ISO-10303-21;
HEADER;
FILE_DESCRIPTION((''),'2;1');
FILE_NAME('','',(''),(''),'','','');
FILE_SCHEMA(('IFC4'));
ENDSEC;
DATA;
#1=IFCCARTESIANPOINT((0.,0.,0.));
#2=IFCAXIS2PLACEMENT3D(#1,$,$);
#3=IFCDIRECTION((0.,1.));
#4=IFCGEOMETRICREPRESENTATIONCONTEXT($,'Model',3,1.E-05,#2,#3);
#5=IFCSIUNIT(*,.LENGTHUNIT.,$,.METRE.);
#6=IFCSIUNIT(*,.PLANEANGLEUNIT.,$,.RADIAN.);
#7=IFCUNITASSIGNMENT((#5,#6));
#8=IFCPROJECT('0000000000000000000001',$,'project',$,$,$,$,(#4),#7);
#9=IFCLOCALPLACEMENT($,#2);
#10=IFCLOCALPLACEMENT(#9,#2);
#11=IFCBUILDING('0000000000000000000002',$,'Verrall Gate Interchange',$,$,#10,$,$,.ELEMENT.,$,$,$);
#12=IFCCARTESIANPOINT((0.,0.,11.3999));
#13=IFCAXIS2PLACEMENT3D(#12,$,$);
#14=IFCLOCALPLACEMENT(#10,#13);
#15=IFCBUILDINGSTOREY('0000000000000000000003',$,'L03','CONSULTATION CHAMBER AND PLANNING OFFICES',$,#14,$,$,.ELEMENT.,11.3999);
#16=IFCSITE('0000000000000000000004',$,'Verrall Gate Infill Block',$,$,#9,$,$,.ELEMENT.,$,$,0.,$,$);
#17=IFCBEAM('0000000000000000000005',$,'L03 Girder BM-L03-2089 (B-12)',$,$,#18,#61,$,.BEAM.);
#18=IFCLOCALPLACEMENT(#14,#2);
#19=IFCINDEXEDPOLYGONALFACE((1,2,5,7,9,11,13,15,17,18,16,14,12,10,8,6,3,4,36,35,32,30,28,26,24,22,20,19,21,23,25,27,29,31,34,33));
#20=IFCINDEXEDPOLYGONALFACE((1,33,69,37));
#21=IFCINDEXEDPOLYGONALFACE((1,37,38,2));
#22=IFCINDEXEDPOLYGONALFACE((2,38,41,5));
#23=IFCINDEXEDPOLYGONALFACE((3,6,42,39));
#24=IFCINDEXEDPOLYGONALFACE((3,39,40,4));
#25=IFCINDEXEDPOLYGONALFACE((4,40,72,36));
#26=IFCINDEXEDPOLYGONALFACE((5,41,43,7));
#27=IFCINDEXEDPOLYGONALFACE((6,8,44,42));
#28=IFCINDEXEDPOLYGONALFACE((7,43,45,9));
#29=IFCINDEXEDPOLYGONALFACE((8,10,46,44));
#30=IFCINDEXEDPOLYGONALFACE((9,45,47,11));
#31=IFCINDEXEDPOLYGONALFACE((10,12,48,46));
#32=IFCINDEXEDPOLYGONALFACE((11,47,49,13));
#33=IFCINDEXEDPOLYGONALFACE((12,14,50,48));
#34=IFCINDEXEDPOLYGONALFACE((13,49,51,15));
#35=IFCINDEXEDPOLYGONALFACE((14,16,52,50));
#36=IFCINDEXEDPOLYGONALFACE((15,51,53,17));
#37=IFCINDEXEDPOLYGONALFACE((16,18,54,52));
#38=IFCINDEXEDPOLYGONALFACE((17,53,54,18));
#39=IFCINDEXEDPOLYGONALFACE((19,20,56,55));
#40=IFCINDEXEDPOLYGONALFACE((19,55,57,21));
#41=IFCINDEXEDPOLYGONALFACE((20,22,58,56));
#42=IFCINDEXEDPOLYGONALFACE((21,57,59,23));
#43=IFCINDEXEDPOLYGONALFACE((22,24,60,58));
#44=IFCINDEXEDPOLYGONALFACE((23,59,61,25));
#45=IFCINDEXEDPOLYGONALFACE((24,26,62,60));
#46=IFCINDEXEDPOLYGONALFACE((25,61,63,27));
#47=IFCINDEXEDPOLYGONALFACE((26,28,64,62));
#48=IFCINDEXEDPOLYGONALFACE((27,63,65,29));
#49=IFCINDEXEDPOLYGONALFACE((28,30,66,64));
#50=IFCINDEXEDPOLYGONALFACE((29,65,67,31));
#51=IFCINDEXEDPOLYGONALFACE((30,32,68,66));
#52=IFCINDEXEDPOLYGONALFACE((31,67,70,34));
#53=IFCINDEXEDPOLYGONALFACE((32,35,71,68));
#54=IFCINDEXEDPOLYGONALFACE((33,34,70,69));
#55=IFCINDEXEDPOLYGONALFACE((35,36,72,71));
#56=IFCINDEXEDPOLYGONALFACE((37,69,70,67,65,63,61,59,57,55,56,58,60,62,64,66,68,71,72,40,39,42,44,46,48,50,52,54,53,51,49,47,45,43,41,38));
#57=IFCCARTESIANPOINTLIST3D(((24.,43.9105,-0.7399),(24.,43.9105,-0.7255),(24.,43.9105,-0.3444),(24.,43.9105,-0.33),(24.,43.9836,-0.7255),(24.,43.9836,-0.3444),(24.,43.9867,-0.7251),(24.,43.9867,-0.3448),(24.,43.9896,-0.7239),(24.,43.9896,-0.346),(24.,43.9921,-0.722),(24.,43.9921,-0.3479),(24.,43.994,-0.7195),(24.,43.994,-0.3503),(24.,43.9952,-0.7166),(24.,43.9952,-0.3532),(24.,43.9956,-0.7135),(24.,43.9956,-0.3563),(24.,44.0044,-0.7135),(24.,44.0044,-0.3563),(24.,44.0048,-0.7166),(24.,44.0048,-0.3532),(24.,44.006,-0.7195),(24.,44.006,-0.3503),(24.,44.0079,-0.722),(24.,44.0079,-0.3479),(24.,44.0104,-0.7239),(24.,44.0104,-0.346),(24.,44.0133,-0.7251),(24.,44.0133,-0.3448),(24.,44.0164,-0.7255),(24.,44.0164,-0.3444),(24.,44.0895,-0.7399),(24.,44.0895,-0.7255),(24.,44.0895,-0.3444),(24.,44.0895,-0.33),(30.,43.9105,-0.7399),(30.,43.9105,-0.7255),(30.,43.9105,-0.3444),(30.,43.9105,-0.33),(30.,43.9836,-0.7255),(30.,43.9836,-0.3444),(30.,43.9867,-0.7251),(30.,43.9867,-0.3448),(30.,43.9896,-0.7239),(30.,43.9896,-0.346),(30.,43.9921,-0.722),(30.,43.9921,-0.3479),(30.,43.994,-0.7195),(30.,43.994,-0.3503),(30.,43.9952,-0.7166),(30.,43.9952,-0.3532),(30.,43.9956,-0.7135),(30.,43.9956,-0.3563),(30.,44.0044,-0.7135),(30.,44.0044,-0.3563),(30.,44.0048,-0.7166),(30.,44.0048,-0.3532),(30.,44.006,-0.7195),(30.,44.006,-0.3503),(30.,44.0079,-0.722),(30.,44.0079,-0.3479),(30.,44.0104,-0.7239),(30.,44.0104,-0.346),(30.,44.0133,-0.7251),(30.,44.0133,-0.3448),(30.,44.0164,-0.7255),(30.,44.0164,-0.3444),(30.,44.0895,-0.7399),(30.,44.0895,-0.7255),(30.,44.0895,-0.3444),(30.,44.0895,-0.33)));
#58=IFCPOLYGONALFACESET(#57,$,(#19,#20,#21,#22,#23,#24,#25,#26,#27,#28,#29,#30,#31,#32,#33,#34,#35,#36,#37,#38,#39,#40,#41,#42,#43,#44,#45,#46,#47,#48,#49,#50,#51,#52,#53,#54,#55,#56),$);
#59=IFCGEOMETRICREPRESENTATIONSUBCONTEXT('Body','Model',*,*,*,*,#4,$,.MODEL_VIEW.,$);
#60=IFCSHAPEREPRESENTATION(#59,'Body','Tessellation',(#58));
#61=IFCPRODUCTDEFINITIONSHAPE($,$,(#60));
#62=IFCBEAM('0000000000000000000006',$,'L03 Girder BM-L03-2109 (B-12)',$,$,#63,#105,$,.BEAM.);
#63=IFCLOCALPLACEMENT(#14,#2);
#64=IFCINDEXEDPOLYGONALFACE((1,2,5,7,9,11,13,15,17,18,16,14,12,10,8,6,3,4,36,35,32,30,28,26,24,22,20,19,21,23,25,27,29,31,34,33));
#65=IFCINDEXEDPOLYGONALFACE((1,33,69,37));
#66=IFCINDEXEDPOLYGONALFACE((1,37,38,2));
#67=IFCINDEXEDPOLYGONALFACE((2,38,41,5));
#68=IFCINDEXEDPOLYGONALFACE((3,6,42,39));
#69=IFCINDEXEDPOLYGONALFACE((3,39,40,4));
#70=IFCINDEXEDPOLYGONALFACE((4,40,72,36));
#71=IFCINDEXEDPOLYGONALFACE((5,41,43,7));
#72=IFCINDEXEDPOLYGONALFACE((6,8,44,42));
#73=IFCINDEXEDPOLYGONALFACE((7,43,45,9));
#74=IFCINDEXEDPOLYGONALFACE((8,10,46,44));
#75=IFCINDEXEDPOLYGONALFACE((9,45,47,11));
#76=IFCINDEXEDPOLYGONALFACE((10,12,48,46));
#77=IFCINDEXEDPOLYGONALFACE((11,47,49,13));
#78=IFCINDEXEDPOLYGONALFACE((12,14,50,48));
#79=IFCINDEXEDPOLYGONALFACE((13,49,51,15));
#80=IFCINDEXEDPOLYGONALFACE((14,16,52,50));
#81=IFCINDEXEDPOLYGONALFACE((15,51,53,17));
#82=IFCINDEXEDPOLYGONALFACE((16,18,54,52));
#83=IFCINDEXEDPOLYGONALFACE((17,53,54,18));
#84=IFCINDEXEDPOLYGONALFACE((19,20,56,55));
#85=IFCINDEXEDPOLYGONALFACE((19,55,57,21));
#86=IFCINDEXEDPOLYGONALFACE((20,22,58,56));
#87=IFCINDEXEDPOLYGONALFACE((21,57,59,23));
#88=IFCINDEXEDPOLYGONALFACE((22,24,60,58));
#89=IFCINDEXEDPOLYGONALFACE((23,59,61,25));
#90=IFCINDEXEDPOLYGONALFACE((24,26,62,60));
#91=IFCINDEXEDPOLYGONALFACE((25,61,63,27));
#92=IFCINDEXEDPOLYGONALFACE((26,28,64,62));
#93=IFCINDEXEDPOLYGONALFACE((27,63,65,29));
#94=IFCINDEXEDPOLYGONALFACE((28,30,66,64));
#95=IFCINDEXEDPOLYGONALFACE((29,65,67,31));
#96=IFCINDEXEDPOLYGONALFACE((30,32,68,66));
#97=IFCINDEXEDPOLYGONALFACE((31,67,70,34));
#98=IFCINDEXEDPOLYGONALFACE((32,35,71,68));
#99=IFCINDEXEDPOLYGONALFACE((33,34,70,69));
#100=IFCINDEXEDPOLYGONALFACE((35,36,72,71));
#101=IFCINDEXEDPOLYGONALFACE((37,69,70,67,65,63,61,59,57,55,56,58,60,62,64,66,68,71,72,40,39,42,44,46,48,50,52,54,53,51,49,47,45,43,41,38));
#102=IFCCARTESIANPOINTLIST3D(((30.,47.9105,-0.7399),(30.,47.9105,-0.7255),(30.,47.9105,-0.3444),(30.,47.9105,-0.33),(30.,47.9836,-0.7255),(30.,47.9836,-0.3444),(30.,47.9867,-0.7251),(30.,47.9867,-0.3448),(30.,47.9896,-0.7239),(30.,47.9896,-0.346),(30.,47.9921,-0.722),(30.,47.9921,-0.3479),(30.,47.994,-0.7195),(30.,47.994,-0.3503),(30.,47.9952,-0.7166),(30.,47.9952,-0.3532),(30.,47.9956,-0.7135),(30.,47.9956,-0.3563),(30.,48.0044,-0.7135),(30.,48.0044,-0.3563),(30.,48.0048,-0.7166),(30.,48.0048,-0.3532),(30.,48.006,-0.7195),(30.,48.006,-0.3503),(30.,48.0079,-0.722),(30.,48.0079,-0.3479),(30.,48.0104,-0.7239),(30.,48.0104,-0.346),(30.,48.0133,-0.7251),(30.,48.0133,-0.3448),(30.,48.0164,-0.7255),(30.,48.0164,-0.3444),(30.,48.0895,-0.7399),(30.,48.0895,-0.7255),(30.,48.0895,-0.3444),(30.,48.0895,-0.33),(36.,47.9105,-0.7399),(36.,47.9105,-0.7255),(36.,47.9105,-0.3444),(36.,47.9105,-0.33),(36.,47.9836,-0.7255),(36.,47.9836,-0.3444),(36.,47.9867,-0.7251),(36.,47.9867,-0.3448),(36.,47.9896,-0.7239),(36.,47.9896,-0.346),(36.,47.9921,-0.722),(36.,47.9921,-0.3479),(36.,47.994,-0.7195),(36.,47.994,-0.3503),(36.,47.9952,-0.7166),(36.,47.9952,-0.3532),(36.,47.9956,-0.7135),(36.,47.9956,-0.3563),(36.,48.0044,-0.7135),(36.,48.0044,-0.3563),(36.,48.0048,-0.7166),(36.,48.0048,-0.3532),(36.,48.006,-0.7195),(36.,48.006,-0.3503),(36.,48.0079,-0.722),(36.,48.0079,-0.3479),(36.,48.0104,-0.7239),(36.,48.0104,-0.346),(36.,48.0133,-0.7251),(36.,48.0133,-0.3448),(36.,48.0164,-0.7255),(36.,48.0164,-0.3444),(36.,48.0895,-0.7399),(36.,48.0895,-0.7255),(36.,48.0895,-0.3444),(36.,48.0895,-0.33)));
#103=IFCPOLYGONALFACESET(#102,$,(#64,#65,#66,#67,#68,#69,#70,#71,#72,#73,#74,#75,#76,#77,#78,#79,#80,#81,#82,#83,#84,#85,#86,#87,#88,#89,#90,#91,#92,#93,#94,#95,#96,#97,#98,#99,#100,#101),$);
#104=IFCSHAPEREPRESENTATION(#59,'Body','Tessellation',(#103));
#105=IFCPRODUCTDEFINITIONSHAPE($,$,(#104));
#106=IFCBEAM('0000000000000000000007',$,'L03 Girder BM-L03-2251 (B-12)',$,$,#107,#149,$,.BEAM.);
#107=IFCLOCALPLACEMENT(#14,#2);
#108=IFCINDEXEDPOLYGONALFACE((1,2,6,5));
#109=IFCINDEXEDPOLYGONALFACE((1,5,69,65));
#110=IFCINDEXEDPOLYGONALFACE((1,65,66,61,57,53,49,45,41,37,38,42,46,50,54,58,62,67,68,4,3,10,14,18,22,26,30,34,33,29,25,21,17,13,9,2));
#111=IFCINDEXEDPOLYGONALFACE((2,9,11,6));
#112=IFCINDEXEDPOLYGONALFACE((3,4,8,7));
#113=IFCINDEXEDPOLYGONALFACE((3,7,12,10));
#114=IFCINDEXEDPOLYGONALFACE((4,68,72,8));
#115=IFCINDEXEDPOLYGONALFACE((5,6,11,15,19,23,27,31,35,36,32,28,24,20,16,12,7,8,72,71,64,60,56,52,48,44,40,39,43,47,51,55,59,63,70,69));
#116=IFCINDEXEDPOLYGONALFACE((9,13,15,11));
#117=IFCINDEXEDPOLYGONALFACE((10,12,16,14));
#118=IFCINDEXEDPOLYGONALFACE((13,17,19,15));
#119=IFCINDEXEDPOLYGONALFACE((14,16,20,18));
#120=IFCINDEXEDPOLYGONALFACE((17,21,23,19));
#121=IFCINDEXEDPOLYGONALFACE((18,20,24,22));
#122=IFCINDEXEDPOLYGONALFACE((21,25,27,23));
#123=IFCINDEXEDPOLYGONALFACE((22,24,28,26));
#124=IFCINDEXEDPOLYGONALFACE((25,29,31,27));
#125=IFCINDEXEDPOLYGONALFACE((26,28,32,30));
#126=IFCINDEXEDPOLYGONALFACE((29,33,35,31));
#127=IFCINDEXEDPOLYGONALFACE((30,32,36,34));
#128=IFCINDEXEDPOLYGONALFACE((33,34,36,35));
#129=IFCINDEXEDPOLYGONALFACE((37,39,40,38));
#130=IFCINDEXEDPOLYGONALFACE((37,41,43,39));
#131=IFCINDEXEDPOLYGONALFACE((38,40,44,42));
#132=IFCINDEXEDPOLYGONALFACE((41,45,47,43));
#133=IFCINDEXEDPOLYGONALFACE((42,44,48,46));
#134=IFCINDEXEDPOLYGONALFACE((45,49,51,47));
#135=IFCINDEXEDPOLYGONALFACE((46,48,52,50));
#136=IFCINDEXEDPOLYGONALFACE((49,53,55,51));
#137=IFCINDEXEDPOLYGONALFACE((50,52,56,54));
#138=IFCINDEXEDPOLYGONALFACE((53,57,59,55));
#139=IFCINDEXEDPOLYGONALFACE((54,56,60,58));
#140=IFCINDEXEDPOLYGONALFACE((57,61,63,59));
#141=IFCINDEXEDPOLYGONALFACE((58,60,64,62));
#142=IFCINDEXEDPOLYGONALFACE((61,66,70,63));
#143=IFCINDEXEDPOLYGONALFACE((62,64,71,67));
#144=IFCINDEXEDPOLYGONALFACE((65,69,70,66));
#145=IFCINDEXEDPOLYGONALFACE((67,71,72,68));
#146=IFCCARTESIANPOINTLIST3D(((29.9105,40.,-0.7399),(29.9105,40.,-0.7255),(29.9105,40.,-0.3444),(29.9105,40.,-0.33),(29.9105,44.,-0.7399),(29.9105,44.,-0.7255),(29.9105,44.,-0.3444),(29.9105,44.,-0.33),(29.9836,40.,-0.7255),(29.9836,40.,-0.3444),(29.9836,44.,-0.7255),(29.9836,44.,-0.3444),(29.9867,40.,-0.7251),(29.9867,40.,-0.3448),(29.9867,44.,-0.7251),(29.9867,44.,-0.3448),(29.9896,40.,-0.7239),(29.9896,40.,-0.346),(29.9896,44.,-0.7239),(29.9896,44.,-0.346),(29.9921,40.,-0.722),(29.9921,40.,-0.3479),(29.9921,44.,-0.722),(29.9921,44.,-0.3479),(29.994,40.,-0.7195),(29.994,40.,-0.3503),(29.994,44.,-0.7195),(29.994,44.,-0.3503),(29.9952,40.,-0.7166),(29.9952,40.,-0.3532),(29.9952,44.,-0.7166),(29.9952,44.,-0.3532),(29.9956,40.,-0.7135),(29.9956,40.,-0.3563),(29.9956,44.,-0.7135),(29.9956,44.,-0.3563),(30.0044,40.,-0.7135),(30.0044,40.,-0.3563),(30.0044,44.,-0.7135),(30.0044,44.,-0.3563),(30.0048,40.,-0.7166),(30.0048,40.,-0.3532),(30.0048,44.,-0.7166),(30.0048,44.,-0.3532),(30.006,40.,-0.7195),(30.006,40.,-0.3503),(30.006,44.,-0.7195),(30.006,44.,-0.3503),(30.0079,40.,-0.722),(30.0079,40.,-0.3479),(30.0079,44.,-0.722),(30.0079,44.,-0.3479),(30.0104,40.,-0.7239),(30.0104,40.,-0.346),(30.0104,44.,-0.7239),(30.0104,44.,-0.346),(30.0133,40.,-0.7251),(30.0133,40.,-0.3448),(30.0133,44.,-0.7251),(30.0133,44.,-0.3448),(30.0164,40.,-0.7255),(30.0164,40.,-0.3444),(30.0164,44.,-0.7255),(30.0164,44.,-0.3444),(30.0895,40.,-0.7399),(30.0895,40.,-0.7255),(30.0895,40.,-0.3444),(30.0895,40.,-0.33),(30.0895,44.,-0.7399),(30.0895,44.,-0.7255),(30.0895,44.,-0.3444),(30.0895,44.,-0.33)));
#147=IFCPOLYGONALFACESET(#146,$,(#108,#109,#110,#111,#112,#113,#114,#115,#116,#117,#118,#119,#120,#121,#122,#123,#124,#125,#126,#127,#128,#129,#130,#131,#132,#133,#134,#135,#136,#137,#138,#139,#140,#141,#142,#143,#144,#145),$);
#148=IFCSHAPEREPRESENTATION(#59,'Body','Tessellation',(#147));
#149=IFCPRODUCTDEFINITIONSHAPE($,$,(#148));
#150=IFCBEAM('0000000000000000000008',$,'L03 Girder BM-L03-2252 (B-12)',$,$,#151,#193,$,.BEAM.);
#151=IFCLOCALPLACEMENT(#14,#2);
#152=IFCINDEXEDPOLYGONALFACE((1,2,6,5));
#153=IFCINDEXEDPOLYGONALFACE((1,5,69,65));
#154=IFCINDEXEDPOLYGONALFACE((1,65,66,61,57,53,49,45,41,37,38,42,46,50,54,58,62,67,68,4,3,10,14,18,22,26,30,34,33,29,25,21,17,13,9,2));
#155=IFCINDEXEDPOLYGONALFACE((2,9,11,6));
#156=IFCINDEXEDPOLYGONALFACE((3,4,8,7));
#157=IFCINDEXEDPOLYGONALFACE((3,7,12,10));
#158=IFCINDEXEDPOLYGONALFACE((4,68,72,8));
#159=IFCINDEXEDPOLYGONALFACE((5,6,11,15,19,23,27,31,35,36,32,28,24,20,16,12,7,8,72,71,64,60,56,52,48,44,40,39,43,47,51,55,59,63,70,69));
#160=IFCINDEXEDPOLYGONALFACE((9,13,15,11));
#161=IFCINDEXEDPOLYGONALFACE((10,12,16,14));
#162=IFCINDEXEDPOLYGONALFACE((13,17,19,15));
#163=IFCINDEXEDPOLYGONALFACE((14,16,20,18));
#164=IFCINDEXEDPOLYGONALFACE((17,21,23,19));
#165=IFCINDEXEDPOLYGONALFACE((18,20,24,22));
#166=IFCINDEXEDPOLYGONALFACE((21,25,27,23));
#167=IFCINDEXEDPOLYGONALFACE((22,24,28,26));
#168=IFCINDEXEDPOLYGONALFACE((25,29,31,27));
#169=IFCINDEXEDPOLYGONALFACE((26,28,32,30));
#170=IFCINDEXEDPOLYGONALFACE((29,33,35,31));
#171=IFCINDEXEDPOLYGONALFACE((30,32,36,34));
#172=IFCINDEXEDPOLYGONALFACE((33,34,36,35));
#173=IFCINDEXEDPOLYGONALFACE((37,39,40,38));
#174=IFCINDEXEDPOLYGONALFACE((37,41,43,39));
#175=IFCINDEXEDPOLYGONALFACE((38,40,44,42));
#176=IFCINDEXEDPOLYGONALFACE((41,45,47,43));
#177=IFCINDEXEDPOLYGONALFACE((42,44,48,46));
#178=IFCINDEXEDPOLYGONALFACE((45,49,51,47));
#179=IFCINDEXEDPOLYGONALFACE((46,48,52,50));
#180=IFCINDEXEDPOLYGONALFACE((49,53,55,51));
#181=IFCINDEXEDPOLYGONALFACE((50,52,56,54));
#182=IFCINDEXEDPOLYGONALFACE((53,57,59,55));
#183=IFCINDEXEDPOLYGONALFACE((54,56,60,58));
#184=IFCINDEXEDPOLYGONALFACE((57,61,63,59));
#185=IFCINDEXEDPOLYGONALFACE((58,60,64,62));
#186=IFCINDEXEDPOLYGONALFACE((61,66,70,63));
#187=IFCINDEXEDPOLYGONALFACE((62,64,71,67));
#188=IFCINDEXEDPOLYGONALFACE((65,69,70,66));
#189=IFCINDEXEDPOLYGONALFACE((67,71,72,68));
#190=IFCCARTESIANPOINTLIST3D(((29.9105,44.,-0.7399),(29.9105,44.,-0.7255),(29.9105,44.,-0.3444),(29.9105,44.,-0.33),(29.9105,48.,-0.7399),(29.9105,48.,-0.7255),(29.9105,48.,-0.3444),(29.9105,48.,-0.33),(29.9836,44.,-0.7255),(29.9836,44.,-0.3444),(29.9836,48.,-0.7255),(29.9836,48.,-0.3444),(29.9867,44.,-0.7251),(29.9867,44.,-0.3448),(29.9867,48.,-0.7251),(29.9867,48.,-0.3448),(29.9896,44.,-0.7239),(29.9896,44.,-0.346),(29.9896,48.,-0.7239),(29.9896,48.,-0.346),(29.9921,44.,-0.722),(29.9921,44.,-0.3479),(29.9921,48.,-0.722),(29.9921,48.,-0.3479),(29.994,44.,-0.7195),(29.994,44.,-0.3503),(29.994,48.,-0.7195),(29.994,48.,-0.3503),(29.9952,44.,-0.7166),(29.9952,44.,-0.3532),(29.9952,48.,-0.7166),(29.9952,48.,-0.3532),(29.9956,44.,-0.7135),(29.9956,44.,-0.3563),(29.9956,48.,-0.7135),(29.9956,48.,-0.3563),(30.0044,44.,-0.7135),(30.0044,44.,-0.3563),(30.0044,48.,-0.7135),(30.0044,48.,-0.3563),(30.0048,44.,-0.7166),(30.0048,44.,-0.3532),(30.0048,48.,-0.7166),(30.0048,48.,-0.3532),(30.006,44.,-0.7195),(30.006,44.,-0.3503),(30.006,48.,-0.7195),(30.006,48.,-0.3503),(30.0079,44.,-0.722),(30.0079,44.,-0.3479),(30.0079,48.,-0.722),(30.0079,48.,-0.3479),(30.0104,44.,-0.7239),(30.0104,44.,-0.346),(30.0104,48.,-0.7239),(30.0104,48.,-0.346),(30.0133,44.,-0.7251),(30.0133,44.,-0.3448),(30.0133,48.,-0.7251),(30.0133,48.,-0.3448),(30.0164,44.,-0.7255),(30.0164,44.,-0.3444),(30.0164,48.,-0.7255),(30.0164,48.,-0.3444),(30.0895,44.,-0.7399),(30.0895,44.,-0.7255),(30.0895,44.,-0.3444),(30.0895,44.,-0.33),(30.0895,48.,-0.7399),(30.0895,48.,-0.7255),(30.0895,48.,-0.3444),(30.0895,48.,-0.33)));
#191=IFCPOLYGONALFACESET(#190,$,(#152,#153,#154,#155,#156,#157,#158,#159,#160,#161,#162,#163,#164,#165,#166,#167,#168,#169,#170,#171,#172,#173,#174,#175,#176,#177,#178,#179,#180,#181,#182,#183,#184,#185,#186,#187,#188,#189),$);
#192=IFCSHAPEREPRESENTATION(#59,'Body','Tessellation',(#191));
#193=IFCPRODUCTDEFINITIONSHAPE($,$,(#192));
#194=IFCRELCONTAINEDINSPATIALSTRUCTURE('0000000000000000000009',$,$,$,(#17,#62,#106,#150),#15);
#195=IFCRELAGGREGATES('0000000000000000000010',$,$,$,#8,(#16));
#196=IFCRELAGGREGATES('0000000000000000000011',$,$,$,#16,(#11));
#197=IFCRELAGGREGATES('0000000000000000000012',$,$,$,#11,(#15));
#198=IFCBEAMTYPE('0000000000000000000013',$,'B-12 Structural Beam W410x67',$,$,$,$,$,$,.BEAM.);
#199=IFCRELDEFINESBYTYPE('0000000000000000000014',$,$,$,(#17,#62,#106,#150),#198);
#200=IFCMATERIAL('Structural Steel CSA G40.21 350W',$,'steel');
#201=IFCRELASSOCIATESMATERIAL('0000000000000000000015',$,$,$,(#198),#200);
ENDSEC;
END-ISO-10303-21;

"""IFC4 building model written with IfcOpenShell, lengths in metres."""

from ifc_helpers import new_model, si_unit, direction, frame, origin, origin_2d, place, context, subcontext, project, spatial, i_section, extrude, material, material_profile, profile_set, type_object, element, save


model = new_model("IFC4")

# Units and contexts
model_context = context("Model", 3, precision=1e-05, world=origin(), true_north=direction((0.0, 1.0)))
body_context = subcontext(model_context, "Body", "Model", "MODEL_VIEW")
ifc_project = project(units=[si_unit("LENGTHUNIT", "METRE"), si_unit("PLANEANGLEUNIT", "RADIAN")], contexts=[model_context])

# Site, building, storey
site_placement = place(None, origin())
site = spatial("IfcSite", under=ifc_project, at=site_placement, Name="Verrall Gate Infill Block", CompositionType="ELEMENT", RefElevation=0.0)
building_placement = place(site_placement, origin())
building = spatial("IfcBuilding", under=site, at=building_placement, Name="Verrall Gate Interchange", CompositionType="ELEMENT")
storey_placement = place(building_placement, frame((0.0, 0.0, 11.3999)))
storey = spatial("IfcBuildingStorey", under=building, at=storey_placement, Name="L03", Description="CONSULTATION CHAMBER AND PLANNING OFFICES", CompositionType="ELEMENT", Elevation=11.3999)

# Beams
ifc_material_1 = material(Name="Structural Steel CSA G40.21 350W", Category="steel")
ifc_material_profile_1 = material_profile(ifc_material_1, i_section(OverallWidth=0.179, OverallDepth=0.4099, WebThickness=0.0088, FlangeThickness=0.0144, FilletRadius=0.012, at=origin_2d()), Name="W410x67")
ifc_profile_set_1 = profile_set([ifc_material_profile_1], Name="Structural Steel CSA G40.21 350W")
beam_type_1 = type_object("IfcBeamType", Name="B-12 Structural Beam W410x67", PredefinedType="BEAM", material=ifc_profile_set_1)
for number, where, z_axis, x_axis, name in (
    (1, (24.0, 44.0, -0.5349), (1.0, 0.0, 0.0), (0.0, 1.0, 0.0), "L03 Girder BM-L03-2089 (B-12)"),
    (2, (30.0, 48.0, -0.5349), (1.0, 0.0, 0.0), (0.0, 1.0, 0.0), "L03 Girder BM-L03-2109 (B-12)"),
):
    element("IfcBeam", number, at=place(storey_placement, frame(where, z_axis=z_axis, x_axis=x_axis)), inside=storey, type_object=beam_type_1, Name=name, PredefinedType="BEAM", context=body_context, shape_type="SweptSolid", body=[
        extrude(i_section(OverallWidth=0.179, OverallDepth=0.4099, WebThickness=0.0088, FlangeThickness=0.0144, FilletRadius=0.012, at=origin_2d()), origin(), (0.0, 0.0, 1.0), 6.0),
    ])
for number, where, z_axis, x_axis, name in (
    (3, (30.0, 40.0, -0.5349), (0.0, 1.0, 0.0), (-1.0, 0.0, 0.0), "L03 Girder BM-L03-2251 (B-12)"),
    (4, (30.0, 44.0, -0.5349), (0.0, 1.0, 0.0), (-1.0, 0.0, 0.0), "L03 Girder BM-L03-2252 (B-12)"),
):
    element("IfcBeam", number, at=place(storey_placement, frame(where, z_axis=z_axis, x_axis=x_axis)), inside=storey, type_object=beam_type_1, Name=name, PredefinedType="BEAM", context=body_context, shape_type="SweptSolid", body=[
        extrude(i_section(OverallWidth=0.179, OverallDepth=0.4099, WebThickness=0.0088, FlangeThickness=0.0144, FilletRadius=0.012, at=origin_2d()), origin(), (0.0, 0.0, 1.0), 4.0),
    ])

save(model, "model.ifc")
